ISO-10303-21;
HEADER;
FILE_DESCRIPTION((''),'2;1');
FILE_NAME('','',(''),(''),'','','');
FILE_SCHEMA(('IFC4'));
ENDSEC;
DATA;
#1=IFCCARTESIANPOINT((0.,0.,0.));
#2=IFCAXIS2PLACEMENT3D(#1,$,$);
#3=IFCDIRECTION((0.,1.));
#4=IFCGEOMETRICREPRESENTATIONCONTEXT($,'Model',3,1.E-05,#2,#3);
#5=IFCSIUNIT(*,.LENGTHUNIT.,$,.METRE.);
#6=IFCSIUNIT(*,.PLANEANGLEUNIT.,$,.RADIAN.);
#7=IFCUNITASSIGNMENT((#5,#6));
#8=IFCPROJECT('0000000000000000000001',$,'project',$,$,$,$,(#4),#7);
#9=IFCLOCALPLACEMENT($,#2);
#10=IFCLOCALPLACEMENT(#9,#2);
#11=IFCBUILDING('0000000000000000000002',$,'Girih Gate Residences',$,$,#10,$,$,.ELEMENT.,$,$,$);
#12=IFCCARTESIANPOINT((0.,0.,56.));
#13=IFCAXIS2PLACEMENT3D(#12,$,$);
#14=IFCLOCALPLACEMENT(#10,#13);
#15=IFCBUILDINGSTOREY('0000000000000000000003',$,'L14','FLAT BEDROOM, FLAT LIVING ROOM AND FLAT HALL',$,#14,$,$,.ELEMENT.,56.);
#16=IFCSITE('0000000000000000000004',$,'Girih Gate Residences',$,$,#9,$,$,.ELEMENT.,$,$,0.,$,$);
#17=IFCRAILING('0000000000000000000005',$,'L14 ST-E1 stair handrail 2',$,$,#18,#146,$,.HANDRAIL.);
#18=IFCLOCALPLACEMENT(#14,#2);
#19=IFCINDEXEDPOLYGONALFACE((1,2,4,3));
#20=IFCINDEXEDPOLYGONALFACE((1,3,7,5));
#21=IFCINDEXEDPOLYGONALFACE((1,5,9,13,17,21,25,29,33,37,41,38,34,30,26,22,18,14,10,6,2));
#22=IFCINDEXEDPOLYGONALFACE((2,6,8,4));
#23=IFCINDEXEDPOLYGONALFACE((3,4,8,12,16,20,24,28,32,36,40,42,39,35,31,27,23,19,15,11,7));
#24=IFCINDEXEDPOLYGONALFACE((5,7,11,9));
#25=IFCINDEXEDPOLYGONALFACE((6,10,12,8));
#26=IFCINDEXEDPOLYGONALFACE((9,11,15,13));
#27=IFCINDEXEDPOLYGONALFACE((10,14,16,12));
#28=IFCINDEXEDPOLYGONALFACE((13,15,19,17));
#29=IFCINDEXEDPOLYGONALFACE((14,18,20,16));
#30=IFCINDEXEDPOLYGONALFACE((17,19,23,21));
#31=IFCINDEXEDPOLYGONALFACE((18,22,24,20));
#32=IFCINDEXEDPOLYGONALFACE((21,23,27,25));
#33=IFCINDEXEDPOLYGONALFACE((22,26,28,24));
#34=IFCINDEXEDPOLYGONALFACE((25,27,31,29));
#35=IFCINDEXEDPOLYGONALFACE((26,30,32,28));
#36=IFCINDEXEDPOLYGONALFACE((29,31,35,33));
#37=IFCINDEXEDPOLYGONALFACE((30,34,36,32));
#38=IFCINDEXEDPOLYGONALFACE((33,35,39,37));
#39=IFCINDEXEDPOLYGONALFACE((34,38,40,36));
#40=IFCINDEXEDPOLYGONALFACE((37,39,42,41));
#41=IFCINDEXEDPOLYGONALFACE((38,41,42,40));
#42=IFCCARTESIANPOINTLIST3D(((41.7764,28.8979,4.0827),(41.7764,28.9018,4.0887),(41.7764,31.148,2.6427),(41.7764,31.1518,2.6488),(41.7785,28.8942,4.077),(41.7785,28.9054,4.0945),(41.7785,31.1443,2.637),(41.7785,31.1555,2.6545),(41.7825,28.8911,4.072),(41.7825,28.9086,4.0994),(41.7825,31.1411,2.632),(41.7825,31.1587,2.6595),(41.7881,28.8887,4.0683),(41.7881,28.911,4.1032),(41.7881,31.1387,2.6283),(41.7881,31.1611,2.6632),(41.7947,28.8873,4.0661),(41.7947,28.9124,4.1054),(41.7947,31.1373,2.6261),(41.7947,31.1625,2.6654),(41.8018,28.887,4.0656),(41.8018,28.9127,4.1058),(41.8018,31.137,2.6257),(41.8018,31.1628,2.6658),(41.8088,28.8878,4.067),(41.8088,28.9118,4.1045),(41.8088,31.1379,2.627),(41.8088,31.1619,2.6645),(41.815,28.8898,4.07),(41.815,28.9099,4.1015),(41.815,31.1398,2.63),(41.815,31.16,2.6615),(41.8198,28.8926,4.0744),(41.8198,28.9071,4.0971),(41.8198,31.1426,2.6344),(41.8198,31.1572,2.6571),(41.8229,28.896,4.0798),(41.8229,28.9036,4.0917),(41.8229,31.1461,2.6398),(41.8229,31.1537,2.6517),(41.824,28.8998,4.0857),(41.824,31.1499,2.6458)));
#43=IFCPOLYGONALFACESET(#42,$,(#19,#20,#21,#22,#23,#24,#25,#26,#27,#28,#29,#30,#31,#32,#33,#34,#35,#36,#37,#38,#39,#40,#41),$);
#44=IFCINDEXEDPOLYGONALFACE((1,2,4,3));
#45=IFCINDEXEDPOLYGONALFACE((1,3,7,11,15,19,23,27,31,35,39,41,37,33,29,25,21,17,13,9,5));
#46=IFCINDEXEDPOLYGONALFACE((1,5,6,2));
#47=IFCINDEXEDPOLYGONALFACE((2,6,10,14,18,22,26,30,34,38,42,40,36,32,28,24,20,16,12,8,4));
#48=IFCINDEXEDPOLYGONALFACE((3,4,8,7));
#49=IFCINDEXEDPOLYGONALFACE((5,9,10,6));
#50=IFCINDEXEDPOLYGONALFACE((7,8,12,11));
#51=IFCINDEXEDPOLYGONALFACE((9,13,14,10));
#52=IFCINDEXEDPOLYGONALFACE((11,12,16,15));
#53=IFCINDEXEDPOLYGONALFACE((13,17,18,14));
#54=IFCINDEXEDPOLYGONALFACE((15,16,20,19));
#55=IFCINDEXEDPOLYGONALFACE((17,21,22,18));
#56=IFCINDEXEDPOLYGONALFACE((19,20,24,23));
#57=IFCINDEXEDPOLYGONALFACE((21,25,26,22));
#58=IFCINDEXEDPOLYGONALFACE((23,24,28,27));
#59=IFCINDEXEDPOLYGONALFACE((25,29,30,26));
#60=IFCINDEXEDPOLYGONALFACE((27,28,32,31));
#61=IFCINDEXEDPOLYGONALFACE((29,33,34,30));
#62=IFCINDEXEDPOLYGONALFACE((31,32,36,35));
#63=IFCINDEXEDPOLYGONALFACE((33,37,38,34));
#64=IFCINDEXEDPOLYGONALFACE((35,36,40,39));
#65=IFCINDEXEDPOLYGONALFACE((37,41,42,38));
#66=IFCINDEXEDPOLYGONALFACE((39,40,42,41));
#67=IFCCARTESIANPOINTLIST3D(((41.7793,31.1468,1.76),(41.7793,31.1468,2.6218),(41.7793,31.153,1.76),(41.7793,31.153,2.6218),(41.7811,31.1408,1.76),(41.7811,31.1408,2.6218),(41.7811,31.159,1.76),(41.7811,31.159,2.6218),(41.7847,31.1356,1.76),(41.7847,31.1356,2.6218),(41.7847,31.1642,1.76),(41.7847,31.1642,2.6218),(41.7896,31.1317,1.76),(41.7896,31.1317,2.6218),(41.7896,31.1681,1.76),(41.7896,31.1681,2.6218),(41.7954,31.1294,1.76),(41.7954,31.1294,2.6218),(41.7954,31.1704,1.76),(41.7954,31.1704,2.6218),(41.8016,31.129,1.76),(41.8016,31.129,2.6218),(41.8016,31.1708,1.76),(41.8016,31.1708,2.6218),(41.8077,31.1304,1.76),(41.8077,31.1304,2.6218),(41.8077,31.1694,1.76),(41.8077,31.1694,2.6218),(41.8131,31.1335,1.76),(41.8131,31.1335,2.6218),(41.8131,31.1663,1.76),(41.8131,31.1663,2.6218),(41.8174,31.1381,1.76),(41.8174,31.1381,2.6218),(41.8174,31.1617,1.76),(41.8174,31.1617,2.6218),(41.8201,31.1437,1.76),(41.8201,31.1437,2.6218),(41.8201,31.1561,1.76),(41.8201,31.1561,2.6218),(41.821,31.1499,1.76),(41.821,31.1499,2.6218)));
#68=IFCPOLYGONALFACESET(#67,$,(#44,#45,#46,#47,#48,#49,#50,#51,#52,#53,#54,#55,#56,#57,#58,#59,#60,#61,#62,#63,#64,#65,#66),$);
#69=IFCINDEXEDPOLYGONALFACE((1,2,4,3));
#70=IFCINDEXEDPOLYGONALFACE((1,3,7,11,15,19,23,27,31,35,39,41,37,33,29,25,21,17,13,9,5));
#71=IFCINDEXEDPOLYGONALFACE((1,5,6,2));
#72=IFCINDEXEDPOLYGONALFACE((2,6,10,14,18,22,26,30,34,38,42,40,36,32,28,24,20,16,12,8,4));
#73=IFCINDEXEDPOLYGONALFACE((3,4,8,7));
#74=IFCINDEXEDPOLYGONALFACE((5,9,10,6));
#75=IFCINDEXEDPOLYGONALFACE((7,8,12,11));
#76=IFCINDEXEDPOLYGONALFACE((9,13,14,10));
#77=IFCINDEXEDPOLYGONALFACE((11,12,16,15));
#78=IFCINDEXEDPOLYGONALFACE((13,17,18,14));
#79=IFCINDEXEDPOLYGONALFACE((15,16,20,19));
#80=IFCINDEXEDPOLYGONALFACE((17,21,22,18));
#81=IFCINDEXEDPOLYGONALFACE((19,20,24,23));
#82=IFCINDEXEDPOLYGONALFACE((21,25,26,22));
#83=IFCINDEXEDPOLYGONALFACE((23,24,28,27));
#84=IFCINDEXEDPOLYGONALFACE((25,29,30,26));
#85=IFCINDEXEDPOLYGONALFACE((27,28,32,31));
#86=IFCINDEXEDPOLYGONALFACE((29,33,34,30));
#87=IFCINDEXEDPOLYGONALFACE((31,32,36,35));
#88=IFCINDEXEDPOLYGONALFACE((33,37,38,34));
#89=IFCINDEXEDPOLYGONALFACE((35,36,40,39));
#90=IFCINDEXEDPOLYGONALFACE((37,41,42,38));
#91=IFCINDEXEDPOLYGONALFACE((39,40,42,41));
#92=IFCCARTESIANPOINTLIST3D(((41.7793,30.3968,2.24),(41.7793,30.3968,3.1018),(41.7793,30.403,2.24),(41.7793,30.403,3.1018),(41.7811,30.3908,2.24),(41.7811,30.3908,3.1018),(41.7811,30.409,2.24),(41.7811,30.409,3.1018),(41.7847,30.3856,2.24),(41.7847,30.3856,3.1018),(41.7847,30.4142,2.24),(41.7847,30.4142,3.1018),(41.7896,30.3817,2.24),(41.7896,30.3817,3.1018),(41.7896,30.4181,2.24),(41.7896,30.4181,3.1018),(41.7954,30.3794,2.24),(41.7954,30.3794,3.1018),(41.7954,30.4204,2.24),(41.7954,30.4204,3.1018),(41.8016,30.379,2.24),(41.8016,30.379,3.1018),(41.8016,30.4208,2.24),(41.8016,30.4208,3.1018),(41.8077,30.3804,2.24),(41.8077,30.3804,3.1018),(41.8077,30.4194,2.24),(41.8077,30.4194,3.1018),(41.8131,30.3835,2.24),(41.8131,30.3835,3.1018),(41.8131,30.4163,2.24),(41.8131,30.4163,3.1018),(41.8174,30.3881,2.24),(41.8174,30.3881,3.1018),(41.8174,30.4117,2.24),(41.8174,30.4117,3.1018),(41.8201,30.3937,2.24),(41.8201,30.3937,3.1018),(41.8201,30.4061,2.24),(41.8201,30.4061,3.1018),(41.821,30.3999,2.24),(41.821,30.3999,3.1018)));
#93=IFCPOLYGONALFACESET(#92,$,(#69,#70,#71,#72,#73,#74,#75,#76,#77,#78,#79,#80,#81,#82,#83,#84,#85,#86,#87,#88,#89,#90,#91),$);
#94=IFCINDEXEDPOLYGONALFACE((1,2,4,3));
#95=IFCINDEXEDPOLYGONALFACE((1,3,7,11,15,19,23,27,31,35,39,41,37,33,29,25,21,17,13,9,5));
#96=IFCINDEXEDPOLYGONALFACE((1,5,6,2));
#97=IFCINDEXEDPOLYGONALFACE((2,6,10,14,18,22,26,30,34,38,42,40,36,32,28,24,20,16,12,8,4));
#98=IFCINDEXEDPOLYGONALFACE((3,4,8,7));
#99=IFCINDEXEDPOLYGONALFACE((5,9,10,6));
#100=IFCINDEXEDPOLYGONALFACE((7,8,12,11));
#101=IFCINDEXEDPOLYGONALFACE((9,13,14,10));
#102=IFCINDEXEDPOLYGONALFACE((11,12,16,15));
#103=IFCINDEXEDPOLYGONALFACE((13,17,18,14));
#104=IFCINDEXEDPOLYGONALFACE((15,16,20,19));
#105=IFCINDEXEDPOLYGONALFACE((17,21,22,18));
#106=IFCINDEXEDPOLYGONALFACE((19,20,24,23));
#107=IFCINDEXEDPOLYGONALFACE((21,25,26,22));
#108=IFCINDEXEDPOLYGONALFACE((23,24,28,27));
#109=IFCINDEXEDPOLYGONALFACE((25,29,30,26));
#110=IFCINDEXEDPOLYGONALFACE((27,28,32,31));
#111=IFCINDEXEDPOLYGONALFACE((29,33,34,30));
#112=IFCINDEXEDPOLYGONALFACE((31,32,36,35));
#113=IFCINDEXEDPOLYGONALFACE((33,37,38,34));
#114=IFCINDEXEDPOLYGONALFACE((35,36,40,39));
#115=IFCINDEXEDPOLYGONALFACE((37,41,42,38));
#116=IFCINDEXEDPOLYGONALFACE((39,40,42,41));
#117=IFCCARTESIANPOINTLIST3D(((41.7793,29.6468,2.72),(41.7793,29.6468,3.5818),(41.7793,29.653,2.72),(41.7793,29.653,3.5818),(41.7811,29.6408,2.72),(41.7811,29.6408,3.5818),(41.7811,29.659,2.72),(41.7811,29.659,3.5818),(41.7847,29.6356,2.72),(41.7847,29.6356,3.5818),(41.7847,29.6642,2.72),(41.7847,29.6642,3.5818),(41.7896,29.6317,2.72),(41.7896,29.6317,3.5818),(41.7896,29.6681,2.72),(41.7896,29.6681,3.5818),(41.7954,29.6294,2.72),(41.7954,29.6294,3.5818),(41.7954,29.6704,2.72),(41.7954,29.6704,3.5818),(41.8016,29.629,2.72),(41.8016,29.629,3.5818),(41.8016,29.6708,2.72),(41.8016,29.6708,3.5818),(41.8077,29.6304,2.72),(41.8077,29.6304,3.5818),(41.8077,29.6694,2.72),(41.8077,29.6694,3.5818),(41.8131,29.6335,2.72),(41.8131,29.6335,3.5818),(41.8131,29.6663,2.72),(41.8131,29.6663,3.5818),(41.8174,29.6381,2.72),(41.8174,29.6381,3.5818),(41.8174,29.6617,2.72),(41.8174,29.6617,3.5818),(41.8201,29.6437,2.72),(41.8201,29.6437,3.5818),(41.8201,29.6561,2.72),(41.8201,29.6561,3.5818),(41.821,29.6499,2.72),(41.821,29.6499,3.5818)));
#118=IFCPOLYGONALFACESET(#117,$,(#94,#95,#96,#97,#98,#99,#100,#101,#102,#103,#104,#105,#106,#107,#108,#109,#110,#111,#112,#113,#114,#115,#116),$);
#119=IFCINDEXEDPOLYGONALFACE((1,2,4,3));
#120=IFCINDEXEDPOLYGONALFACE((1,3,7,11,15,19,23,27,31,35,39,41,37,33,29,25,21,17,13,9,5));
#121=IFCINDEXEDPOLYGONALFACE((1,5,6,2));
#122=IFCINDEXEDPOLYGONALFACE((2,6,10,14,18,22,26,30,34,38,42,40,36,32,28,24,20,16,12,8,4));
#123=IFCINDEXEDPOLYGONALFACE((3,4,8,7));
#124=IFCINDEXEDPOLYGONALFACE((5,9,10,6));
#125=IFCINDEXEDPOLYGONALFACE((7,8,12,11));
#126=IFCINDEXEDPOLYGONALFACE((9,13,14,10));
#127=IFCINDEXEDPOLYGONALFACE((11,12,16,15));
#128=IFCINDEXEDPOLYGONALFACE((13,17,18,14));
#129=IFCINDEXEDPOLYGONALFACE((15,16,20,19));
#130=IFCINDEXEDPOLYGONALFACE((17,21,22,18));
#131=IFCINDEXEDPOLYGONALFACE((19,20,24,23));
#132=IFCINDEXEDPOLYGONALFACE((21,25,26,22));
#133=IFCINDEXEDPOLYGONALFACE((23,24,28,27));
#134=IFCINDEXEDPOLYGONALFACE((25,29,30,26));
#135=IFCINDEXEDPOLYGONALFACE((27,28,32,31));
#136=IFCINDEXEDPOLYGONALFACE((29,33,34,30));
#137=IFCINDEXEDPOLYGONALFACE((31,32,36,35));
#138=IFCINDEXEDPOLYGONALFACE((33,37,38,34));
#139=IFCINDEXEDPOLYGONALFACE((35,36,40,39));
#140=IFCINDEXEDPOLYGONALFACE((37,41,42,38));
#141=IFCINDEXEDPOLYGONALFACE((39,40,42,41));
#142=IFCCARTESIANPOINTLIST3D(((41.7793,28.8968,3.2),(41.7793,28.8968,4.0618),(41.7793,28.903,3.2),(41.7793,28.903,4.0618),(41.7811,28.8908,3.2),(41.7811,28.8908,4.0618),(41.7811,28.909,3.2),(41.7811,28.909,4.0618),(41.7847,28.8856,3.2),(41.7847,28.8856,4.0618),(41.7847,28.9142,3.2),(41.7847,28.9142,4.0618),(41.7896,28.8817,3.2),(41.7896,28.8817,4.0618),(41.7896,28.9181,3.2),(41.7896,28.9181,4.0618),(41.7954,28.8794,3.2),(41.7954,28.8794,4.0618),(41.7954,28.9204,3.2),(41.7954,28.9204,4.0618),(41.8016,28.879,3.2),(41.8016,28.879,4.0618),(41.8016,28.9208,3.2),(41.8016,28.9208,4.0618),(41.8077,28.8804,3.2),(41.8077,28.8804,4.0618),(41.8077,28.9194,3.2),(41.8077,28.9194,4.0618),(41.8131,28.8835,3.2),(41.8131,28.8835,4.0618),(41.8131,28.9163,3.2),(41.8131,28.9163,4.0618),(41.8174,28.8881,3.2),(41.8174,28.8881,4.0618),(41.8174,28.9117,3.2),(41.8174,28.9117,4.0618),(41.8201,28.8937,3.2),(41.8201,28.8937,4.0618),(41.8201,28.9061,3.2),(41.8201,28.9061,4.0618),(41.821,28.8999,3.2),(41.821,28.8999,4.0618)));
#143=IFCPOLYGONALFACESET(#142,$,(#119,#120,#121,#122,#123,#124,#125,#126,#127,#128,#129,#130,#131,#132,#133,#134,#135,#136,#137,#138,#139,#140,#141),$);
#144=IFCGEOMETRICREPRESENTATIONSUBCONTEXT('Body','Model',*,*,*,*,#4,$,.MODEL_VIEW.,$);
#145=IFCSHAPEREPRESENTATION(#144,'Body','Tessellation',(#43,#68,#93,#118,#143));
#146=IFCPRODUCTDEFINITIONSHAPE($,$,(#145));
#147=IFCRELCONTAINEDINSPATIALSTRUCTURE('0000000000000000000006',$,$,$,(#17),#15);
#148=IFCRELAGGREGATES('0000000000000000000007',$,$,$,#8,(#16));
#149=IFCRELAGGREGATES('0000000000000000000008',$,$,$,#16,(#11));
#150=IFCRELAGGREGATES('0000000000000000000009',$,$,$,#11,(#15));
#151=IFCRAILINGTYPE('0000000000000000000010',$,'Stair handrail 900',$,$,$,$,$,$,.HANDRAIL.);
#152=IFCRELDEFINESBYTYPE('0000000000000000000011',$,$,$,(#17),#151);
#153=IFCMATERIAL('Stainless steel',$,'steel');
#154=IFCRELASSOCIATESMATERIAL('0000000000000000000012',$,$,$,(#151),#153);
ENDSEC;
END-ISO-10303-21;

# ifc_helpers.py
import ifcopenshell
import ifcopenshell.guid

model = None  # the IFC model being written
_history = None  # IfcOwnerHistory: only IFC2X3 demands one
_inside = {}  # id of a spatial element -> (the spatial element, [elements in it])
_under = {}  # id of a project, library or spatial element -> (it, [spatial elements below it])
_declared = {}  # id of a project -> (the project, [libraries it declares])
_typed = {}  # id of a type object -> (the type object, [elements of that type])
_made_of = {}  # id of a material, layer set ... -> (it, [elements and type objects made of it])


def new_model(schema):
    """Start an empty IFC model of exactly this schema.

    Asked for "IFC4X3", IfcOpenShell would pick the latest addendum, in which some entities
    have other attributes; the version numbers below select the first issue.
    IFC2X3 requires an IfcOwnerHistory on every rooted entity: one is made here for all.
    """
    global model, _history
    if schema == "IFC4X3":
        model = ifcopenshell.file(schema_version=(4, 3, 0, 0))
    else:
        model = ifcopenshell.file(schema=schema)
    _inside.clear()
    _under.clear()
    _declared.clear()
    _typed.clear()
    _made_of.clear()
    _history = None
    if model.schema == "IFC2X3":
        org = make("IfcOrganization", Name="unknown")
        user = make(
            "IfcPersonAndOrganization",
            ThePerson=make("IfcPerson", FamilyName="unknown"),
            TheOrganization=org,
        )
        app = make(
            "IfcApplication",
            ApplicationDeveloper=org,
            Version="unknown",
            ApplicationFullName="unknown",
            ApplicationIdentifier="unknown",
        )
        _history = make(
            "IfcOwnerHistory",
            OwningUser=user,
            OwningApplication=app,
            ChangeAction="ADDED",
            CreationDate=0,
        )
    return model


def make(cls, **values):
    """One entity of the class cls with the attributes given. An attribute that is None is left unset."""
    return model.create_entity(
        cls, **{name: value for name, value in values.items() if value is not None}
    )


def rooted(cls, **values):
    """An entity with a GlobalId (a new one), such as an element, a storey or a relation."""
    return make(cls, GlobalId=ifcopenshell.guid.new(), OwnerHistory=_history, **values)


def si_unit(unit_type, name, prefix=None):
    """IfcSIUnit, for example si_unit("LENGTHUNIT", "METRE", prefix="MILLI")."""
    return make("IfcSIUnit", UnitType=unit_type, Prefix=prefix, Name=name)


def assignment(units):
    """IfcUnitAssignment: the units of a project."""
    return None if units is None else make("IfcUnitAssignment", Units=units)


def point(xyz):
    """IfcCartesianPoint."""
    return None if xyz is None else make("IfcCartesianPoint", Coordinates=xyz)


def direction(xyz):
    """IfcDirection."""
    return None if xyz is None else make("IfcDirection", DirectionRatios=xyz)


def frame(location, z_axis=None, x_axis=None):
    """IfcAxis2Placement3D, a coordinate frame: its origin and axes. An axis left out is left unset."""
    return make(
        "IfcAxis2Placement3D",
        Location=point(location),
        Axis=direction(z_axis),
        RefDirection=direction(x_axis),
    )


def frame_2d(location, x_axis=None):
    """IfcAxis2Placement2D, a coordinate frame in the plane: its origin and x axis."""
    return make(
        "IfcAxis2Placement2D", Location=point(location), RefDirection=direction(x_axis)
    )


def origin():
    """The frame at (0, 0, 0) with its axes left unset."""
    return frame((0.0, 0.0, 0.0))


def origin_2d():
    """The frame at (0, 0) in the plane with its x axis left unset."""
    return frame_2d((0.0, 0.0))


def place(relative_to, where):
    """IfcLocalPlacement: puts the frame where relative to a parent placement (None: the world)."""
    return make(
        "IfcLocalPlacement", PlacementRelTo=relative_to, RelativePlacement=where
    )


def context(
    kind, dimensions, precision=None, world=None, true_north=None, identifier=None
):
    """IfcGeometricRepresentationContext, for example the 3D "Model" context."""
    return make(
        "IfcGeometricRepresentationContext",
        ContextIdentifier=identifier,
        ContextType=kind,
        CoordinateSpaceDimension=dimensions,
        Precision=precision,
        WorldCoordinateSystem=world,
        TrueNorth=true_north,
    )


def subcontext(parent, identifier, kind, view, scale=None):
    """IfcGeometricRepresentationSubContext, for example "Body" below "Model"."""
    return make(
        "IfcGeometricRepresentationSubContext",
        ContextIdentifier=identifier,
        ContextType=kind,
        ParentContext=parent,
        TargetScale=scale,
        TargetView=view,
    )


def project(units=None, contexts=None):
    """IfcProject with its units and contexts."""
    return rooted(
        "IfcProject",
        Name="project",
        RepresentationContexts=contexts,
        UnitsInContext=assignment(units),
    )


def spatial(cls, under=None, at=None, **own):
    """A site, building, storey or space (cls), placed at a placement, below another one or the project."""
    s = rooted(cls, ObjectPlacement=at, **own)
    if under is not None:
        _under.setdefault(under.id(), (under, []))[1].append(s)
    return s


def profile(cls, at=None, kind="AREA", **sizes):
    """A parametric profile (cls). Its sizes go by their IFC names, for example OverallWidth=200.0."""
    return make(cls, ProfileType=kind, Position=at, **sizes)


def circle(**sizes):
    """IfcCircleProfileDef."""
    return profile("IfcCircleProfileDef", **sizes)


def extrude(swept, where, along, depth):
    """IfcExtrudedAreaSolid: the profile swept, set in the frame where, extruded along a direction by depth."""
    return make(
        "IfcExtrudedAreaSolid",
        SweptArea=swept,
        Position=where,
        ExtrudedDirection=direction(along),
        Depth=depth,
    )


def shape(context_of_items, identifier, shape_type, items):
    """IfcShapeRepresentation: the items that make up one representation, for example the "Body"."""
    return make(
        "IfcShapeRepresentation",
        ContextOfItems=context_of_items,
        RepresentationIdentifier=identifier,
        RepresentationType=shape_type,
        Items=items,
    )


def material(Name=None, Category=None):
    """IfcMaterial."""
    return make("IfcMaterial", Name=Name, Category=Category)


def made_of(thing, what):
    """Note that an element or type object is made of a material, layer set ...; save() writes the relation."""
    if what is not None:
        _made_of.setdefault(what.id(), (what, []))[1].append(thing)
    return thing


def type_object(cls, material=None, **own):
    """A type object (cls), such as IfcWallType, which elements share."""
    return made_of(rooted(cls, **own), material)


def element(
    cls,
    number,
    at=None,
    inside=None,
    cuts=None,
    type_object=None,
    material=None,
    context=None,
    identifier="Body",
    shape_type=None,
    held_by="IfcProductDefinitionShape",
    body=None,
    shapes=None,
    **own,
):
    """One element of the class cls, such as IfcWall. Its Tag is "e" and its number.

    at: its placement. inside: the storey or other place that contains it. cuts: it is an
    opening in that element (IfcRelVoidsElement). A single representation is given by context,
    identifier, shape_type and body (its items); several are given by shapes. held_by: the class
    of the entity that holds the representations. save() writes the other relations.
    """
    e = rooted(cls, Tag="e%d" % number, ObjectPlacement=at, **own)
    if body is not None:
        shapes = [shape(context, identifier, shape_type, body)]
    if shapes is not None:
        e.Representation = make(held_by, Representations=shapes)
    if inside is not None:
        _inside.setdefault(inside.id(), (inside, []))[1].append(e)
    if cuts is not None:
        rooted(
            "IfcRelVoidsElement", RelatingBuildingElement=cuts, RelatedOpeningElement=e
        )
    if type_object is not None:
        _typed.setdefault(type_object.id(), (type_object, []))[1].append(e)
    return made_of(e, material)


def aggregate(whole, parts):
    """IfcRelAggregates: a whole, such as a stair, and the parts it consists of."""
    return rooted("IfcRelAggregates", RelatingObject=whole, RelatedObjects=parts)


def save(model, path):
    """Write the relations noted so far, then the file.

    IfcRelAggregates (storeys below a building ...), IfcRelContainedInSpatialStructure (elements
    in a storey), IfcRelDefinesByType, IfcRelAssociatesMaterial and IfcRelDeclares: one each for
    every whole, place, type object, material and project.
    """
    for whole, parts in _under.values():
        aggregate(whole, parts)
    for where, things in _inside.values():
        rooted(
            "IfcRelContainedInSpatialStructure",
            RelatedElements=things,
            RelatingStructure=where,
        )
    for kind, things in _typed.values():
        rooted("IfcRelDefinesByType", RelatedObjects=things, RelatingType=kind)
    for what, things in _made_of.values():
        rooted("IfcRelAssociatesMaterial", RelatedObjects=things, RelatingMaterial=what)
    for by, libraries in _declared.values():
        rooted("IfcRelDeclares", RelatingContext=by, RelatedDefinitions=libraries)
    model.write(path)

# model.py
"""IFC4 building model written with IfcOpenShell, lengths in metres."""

from ifc_helpers import new_model, si_unit, direction, frame, origin, origin_2d, place, context, subcontext, project, spatial, circle, extrude, material, type_object, element, save


model = new_model("IFC4")

# Units and contexts
model_context = context("Model", 3, precision=1e-05, world=origin(), true_north=direction((0.0, 1.0)))
body_context = subcontext(model_context, "Body", "Model", "MODEL_VIEW")
ifc_project = project(units=[si_unit("LENGTHUNIT", "METRE"), si_unit("PLANEANGLEUNIT", "RADIAN")], contexts=[model_context])

# Site, building, storey
site_placement = place(None, origin())
site = spatial("IfcSite", under=ifc_project, at=site_placement, Name="Girih Gate Residences", CompositionType="ELEMENT", RefElevation=0.0)
building_placement = place(site_placement, origin())
building = spatial("IfcBuilding", under=site, at=building_placement, Name="Girih Gate Residences", CompositionType="ELEMENT")
storey_placement = place(building_placement, frame((0.0, 0.0, 56.0)))
storey = spatial("IfcBuildingStorey", under=building, at=storey_placement, Name="L14", Description="FLAT BEDROOM, FLAT LIVING ROOM AND FLAT HALL", CompositionType="ELEMENT", Elevation=56.0)

# Railing
ifc_material_1 = material(Name="Stainless steel", Category="steel")
railing_type_1 = type_object("IfcRailingType", Name="Stair handrail 900", PredefinedType="HANDRAIL", material=ifc_material_1)
railing_1_placement = place(storey_placement, frame((41.8, 31.1499, 1.76)))
element("IfcRailing", 1, at=railing_1_placement, inside=storey, type_object=railing_type_1, Name="L14 ST-E1 stair handrail 2", PredefinedType="HANDRAIL", context=body_context, shape_type="SweptSolid", body=[
    extrude(circle(Radius=0.0239, at=origin_2d()), frame((0.0, 0.0, 0.8857), z_axis=(0.0, -0.842281, 0.539038), x_axis=(1.0, 0.0, 0.0)), (0.0, 0.0, 1.0), 2.6714),
    extrude(circle(Radius=0.021, at=origin_2d()), origin(), (0.0, 0.0, 1.0), 0.8618),
    extrude(circle(Radius=0.021, at=origin_2d()), frame((0.0, -0.75, 0.48)), (0.0, 0.0, 1.0), 0.8618),
    extrude(circle(Radius=0.021, at=origin_2d()), frame((0.0, -1.5, 0.96)), (0.0, 0.0, 1.0), 0.8618),
    extrude(circle(Radius=0.021, at=origin_2d()), frame((0.0, -2.25, 1.4399)), (0.0, 0.0, 1.0), 0.8618),
])

save(model, "model.ifc")
